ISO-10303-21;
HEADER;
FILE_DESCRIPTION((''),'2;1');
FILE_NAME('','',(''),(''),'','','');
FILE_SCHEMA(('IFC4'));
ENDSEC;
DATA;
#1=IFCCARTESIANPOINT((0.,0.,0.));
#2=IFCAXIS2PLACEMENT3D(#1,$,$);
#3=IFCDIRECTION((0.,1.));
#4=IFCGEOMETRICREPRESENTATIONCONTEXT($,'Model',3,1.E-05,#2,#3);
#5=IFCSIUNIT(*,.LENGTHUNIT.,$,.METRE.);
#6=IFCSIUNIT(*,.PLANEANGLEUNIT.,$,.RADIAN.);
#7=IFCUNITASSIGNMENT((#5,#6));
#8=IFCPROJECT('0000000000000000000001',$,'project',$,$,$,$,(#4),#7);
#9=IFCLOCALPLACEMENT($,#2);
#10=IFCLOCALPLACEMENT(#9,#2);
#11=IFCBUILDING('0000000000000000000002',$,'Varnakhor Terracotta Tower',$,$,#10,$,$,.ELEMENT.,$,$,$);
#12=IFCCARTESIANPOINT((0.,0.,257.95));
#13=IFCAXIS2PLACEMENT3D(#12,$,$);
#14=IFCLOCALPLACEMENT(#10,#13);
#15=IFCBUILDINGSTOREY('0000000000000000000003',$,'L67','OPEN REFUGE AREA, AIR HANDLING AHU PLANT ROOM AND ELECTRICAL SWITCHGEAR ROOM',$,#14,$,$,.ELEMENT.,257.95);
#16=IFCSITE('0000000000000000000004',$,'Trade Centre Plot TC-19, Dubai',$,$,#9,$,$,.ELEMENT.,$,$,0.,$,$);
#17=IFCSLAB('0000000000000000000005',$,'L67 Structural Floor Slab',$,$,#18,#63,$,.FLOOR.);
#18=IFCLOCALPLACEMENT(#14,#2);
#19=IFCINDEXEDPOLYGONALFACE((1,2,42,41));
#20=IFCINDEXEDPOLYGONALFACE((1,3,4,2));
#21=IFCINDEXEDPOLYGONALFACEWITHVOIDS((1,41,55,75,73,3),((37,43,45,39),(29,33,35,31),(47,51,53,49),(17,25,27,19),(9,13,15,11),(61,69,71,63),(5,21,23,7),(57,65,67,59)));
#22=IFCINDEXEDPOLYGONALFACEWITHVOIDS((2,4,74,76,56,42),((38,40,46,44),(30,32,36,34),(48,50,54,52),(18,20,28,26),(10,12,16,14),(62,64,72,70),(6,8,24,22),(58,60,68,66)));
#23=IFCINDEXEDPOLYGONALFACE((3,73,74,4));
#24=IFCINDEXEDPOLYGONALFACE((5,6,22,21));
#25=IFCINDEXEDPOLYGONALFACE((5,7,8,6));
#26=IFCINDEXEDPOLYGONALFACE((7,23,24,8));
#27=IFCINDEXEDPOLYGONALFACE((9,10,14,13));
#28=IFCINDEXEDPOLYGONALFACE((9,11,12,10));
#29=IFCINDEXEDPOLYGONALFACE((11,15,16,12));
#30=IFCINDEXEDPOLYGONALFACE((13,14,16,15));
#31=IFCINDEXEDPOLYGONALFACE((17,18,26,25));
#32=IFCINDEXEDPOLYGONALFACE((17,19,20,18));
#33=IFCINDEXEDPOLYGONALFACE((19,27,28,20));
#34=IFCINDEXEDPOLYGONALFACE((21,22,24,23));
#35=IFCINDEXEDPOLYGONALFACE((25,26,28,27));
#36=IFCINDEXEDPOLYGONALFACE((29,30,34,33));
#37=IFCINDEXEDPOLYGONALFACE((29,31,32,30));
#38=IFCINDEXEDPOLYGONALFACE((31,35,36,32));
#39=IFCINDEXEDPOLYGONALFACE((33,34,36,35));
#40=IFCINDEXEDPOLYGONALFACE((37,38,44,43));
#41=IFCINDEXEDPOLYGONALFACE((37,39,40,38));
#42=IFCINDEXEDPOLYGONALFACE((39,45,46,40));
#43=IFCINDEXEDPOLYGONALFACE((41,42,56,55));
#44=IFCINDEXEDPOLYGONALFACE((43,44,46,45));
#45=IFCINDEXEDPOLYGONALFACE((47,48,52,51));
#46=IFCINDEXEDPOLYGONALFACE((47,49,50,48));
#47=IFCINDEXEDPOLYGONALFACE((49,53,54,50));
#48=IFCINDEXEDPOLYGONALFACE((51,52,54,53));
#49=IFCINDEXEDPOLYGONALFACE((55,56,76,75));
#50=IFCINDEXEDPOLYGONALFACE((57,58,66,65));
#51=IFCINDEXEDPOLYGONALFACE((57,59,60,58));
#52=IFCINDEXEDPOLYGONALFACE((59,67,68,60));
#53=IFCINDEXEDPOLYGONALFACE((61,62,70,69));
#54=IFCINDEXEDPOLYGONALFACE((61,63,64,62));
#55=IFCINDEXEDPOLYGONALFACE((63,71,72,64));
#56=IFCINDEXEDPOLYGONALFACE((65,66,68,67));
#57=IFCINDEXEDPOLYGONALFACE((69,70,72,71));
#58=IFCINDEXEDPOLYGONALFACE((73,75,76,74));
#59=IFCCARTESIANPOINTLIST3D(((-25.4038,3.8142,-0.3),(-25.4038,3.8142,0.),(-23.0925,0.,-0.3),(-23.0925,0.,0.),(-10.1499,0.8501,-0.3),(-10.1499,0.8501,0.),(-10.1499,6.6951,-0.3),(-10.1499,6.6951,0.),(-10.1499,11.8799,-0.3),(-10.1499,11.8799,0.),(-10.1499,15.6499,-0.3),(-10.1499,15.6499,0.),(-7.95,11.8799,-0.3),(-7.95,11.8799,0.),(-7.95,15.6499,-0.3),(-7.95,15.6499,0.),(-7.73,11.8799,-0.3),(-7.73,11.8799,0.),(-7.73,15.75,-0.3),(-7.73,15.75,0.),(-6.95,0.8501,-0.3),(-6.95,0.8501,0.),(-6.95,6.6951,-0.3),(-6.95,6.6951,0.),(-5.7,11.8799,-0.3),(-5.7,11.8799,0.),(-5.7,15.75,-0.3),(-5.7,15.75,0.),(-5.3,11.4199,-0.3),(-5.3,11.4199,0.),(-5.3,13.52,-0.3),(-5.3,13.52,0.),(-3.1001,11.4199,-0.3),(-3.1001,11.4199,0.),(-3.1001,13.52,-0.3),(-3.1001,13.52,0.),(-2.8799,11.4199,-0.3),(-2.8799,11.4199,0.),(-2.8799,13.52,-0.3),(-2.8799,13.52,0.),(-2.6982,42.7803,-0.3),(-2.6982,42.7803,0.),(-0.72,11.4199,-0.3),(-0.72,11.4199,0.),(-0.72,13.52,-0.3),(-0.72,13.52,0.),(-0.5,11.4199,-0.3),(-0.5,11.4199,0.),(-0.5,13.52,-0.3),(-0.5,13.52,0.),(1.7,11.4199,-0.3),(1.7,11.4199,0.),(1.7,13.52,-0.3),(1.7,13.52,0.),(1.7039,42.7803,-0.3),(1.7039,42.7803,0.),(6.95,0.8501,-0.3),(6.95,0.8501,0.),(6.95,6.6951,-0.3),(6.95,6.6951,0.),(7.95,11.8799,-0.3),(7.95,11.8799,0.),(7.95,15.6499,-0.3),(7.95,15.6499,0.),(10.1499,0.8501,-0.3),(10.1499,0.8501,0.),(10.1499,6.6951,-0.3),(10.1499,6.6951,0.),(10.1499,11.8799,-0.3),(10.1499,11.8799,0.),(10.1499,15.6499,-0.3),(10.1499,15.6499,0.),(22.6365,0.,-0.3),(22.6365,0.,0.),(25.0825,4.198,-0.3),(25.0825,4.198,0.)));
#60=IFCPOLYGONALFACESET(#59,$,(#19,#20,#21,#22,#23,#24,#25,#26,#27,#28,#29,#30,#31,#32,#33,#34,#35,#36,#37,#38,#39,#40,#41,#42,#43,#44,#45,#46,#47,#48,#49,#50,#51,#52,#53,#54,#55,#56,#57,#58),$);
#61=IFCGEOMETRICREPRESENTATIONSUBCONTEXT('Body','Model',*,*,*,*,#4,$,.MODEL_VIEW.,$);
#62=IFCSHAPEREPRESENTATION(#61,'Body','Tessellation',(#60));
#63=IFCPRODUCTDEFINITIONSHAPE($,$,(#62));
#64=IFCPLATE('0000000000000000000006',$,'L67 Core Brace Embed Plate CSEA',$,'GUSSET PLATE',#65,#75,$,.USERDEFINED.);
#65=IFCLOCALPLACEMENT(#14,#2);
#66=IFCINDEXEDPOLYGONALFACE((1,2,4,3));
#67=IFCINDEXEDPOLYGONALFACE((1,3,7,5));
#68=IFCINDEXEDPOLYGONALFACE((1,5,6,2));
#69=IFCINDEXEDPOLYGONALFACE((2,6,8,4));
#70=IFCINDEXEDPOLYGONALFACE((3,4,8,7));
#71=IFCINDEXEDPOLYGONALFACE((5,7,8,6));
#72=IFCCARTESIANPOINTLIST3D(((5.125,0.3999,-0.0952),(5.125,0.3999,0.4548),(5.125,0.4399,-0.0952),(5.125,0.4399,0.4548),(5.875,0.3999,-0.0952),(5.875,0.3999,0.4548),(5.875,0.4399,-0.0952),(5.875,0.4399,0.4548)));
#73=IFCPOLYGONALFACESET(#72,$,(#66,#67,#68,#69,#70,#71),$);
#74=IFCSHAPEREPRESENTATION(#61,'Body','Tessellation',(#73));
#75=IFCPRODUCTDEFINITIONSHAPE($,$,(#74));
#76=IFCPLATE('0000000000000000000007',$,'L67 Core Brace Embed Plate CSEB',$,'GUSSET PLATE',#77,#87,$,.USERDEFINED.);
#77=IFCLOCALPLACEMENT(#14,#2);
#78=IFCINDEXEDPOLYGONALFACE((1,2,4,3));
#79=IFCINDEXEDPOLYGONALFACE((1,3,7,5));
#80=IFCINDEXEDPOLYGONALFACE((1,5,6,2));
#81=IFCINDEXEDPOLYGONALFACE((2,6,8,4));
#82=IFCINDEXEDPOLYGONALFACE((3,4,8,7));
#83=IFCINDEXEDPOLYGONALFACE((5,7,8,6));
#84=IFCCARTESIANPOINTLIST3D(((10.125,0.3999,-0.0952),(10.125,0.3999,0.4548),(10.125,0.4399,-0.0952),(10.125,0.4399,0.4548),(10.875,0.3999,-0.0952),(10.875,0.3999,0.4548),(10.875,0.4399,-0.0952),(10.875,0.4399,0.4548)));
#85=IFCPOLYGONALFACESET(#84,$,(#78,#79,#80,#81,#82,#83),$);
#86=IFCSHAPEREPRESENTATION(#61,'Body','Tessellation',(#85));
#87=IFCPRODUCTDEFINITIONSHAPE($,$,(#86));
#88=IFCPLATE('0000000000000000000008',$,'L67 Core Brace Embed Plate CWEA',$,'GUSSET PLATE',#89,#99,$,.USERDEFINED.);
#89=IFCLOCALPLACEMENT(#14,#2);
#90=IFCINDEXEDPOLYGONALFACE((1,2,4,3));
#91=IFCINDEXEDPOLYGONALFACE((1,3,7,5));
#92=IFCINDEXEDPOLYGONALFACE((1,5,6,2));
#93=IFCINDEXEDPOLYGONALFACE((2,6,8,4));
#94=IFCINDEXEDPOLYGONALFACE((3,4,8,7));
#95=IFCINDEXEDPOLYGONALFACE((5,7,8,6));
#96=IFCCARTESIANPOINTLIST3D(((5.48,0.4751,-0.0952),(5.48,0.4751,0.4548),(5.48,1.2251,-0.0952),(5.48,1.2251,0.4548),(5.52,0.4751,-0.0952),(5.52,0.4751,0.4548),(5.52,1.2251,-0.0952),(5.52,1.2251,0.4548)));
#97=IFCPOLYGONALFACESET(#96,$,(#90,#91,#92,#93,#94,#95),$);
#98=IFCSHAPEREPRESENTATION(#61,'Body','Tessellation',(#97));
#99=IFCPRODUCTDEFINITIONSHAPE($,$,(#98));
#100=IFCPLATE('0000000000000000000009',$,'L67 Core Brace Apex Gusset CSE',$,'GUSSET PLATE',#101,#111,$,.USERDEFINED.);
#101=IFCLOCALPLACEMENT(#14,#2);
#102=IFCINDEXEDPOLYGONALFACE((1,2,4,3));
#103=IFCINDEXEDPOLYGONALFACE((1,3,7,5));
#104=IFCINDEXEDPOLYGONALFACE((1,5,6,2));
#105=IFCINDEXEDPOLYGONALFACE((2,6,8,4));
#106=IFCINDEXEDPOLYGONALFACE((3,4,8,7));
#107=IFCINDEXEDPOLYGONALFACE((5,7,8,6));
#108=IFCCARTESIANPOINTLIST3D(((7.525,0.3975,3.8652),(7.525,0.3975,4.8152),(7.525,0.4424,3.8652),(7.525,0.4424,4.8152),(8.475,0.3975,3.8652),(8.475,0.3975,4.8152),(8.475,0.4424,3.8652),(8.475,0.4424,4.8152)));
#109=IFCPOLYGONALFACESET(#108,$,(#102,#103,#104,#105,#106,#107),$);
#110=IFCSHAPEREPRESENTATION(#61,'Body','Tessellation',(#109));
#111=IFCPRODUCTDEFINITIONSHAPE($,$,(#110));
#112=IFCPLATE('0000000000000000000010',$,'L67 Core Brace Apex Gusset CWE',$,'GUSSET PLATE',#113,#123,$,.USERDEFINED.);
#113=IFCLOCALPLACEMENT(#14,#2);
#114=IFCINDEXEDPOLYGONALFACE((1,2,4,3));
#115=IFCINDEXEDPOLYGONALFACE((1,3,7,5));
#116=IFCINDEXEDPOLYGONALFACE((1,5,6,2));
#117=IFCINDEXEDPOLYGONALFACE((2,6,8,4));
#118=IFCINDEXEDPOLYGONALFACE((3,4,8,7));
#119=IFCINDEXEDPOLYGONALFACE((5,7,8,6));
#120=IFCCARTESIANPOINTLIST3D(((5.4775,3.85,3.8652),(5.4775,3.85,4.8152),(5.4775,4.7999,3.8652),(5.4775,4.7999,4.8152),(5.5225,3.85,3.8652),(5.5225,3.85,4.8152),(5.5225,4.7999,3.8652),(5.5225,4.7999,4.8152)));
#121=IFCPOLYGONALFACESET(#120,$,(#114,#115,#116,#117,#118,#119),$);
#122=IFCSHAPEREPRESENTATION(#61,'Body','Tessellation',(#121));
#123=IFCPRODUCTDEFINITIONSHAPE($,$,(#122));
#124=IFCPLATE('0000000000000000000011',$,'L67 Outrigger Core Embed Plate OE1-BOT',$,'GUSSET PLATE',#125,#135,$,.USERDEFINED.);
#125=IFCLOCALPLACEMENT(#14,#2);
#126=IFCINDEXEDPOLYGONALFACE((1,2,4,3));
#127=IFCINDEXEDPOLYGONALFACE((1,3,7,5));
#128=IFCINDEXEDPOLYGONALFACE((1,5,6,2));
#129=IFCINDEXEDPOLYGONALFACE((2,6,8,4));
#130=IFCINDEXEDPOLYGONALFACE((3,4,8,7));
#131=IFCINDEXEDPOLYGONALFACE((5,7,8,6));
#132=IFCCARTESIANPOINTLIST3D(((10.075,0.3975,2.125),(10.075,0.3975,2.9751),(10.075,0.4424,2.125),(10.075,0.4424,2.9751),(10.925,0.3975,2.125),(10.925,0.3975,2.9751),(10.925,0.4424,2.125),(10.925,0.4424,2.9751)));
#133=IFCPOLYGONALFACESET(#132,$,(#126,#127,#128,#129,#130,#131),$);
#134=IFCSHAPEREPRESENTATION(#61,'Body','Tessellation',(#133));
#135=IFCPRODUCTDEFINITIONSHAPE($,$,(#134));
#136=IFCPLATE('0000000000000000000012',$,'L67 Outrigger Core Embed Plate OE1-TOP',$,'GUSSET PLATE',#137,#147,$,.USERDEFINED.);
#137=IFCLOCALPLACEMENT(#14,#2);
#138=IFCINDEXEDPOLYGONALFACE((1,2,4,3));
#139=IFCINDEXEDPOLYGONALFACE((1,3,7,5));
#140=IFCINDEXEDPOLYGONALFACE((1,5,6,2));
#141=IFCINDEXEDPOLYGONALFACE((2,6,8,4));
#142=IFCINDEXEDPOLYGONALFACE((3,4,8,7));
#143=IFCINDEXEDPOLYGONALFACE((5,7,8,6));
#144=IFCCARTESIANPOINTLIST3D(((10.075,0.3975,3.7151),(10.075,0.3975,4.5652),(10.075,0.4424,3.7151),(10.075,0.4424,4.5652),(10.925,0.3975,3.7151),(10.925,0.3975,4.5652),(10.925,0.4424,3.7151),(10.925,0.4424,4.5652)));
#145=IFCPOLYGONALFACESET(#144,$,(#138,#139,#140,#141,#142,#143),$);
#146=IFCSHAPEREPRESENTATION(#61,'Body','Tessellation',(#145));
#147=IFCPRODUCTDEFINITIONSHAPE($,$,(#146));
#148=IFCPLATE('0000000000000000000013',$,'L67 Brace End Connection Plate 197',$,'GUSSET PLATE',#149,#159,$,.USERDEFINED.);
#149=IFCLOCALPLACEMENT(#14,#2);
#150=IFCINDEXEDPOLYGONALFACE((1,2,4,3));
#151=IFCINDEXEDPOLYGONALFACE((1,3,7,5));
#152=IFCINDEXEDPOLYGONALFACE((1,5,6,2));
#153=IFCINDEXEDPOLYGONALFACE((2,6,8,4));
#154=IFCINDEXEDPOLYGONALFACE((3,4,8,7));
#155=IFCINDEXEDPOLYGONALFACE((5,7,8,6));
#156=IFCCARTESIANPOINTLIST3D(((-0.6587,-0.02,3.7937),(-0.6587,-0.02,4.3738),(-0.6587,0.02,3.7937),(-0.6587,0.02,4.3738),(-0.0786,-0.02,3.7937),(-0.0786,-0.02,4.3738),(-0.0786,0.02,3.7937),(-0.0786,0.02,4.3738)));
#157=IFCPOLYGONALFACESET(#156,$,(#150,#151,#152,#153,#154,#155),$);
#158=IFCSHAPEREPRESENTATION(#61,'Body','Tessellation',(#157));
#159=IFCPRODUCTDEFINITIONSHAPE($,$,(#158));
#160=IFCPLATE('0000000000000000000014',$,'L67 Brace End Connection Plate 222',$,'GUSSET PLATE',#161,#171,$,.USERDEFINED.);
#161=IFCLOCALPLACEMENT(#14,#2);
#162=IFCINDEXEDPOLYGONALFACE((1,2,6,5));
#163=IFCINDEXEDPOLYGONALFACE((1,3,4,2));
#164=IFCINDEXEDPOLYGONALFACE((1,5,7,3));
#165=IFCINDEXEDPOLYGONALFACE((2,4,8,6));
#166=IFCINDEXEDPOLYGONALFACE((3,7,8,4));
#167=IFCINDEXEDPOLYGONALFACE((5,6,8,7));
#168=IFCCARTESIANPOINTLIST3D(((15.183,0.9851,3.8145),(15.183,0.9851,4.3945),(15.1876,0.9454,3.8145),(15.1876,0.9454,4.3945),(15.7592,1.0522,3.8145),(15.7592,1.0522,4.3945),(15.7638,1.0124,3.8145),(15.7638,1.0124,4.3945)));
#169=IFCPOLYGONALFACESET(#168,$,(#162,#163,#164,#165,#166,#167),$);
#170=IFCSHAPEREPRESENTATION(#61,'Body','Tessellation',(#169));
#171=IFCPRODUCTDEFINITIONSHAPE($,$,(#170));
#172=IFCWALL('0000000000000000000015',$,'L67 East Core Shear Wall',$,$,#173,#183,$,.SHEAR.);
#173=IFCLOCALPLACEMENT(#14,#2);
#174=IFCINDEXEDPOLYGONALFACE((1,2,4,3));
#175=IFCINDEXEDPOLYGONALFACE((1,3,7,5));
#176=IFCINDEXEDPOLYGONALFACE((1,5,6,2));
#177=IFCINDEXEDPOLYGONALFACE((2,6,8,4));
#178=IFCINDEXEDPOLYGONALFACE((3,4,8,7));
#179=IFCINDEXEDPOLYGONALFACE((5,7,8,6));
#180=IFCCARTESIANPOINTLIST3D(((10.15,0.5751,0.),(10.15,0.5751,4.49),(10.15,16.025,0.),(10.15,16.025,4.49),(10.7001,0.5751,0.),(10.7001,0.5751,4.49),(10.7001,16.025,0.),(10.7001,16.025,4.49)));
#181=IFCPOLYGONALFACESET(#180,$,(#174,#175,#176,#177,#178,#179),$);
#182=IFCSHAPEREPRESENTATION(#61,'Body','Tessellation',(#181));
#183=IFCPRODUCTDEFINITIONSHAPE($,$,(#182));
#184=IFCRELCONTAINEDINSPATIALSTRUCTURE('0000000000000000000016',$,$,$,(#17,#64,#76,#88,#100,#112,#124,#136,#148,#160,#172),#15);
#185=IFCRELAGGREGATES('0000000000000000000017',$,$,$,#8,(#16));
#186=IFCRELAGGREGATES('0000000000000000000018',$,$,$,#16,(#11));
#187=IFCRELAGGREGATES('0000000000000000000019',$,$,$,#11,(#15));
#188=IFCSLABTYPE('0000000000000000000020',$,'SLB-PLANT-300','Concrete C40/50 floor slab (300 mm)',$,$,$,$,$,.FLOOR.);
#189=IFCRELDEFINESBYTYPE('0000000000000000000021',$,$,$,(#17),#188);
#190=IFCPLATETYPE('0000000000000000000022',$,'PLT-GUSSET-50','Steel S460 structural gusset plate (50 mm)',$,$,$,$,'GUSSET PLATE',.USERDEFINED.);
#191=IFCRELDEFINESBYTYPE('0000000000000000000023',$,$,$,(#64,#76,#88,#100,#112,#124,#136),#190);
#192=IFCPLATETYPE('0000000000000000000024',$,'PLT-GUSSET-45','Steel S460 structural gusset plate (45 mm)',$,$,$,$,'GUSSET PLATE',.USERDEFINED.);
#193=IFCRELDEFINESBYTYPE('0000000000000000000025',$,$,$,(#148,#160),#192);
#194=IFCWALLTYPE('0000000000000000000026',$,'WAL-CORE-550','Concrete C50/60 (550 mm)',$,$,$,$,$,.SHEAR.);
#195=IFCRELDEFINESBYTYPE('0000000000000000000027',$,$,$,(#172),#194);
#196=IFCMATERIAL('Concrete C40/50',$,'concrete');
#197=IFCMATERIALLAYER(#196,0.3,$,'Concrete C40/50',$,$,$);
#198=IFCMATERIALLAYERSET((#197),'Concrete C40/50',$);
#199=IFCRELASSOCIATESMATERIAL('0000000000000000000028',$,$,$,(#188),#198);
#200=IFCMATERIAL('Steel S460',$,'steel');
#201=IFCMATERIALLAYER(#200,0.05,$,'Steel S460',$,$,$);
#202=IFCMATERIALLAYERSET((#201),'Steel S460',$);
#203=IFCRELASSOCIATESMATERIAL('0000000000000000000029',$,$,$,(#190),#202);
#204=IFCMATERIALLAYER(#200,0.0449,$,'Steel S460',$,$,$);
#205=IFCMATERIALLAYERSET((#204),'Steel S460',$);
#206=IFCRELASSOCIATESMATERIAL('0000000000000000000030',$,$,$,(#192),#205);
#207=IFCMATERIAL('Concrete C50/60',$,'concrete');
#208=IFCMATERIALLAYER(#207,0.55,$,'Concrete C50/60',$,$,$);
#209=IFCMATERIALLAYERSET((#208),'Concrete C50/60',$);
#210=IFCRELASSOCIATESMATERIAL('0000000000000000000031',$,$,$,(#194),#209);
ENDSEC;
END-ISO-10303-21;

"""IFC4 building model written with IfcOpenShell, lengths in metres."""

from ifc_helpers import new_model, si_unit, direction, frame, frame_2d, origin, origin_2d, place, context, subcontext, project, spatial, polyline, rectangle, outline, extrude, source, transform, mapped, material, layer, layer_set, type_object, type_shapes, element, save


model = new_model("IFC4")

# Units and contexts
model_context = context("Model", 3, precision=1e-05, world=origin(), true_north=direction((0.0, 1.0)))
body_context = subcontext(model_context, "Body", "Model", "MODEL_VIEW")
ifc_project = project(units=[si_unit("LENGTHUNIT", "METRE"), si_unit("PLANEANGLEUNIT", "RADIAN")], contexts=[model_context])

# Site, building, storey
site_placement = place(None, origin())
site = spatial("IfcSite", under=ifc_project, at=site_placement, Name="Trade Centre Plot TC-19, Dubai", CompositionType="ELEMENT", RefElevation=0.0)
building_placement = place(site_placement, origin())
building = spatial("IfcBuilding", under=site, at=building_placement, Name="Varnakhor Terracotta Tower", CompositionType="ELEMENT")
storey_placement = place(building_placement, frame((0.0, 0.0, 257.95)))
storey = spatial("IfcBuildingStorey", under=building, at=storey_placement, Name="L67", Description="OPEN REFUGE AREA, AIR HANDLING AHU PLANT ROOM AND ELECTRICAL SWITCHGEAR ROOM", CompositionType="ELEMENT", Elevation=257.95)

# Shared definitions
ifc_material_1 = material(Name="Concrete C50/60", Category="concrete")

# Shared definitions
ifc_material_2 = material(Name="Steel S460", Category="steel")

# Shared definitions
ifc_material_3 = material(Name="Concrete C40/50", Category="concrete")

# Slab
ifc_layer_1 = layer(ifc_material_3, 0.3, Name="Concrete C40/50")
ifc_layer_set_1 = layer_set([ifc_layer_1], Name="Concrete C40/50")
slab_type_1 = type_object("IfcSlabType", Name="SLB-PLANT-300", Description="Concrete C40/50 floor slab (300 mm)", PredefinedType="FLOOR", material=ifc_layer_set_1)
slab_1_placement = place(storey_placement, frame((0.0, 0.0, -0.3)))
element("IfcSlab", 1, at=slab_1_placement, inside=storey, type_object=slab_type_1, Name="L67 Structural Floor Slab", PredefinedType="FLOOR", context=body_context, shape_type="SweptSolid", body=[
    extrude(outline(polyline([(-25.4038, 3.8142), (-2.6982, 42.7803), (1.7039, 42.7803), (25.0825, 4.198), (22.6365, 0.0), (-23.0925, 0.0), (-25.4038, 3.8142)]), holes=[polyline([(-6.95, 0.8501), (-6.95, 6.6951), (-10.1499, 6.6951), (-10.1499, 0.8501), (-6.95, 0.8501)]), polyline([(10.1499, 0.8501), (10.1499, 6.6951), (6.95, 6.6951), (6.95, 0.8501), (10.1499, 0.8501)]), polyline([(-3.1001, 11.4199), (-3.1001, 13.52), (-5.3, 13.52), (-5.3, 11.4199), (-3.1001, 11.4199)]), polyline([(-0.72, 11.4199), (-0.72, 13.52), (-2.8799, 13.52), (-2.8799, 11.4199), (-0.72, 11.4199)]), polyline([(1.7, 11.4199), (1.7, 13.52), (-0.5, 13.52), (-0.5, 11.4199), (1.7, 11.4199)]), polyline([(-7.95, 11.8799), (-7.95, 15.6499), (-10.1499, 15.6499), (-10.1499, 11.8799), (-7.95, 11.8799)]), polyline([(10.1499, 11.8799), (10.1499, 15.6499), (7.95, 15.6499), (7.95, 11.8799), (10.1499, 11.8799)]), polyline([(-5.7, 11.8799), (-5.7, 15.75), (-7.73, 15.75), (-7.73, 11.8799), (-5.7, 11.8799)])]), origin(), (0.0, 0.0, 1.0), 0.3),
])

# Plates
ifc_layer_2 = layer(ifc_material_2, 0.05, Name="Steel S460")
ifc_layer_set_2 = layer_set([ifc_layer_2], Name="Steel S460")
plate_type_1 = type_object("IfcPlateType", Name="PLT-GUSSET-50", Description="Steel S460 structural gusset plate (50 mm)", ElementType="GUSSET PLATE", PredefinedType="USERDEFINED", material=ifc_layer_set_2)
shared_shape_1 = source(origin(), body_context, "Body", "SweptSolid", [
    extrude(rectangle(XDim=0.75, YDim=0.04, at=origin_2d()), origin(), (0.0, 0.0, 1.0), 0.55),
])
type_shapes(plate_type_1, [shared_shape_1])
for number, where, z_axis, x_axis, name in (
    (2, (5.5, 0.4199, -0.0952), (0.0, 0.0, 1.0), (1.0, 0.0, 0.0), "L67 Core Brace Embed Plate CSEA"),
    (3, (10.5, 0.4199, -0.0952), (0.0, 0.0, 1.0), (1.0, 0.0, 0.0), "L67 Core Brace Embed Plate CSEB"),
    (4, (5.5, 0.8501, -0.0952), (0.0, 0.0, 1.0), (0.0, 1.0, 0.0), "L67 Core Brace Embed Plate CWEA"),
):
    element("IfcPlate", number, at=place(storey_placement, frame(where, z_axis=z_axis, x_axis=x_axis)), inside=storey, type_object=plate_type_1, Name=name, ObjectType="GUSSET PLATE", PredefinedType="USERDEFINED", context=body_context, shape_type="MappedRepresentation", body=[
        mapped(shared_shape_1, transform((0.0, 0.0, 0.0), scale=1.0)),
    ])
shared_shape_2 = source(origin(), body_context, "Body", "SweptSolid", [
    extrude(rectangle(XDim=0.95, YDim=0.0449, at=origin_2d()), origin(), (0.0, 0.0, 1.0), 0.95),
])
for number, where, z_axis, x_axis, name in (
    (5, (8.0, 0.4199, 3.8652), (0.0, 0.0, 1.0), (1.0, 0.0, 0.0), "L67 Core Brace Apex Gusset CSE"),
    (6, (5.5, 4.325, 3.8652), (0.0, 0.0, 1.0), (0.0, 1.0, 0.0), "L67 Core Brace Apex Gusset CWE"),
):
    element("IfcPlate", number, at=place(storey_placement, frame(where, z_axis=z_axis, x_axis=x_axis)), inside=storey, type_object=plate_type_1, Name=name, ObjectType="GUSSET PLATE", PredefinedType="USERDEFINED", context=body_context, shape_type="MappedRepresentation", body=[
        mapped(shared_shape_2, transform((0.0, 0.0, 0.0), scale=1.0)),
    ])
shared_shape_3 = source(origin(), body_context, "Body", "SweptSolid", [
    extrude(rectangle(XDim=0.8501, YDim=0.0449, at=origin_2d()), origin(), (0.0, 0.0, 1.0), 0.8501),
])
for number, where, z_axis, x_axis, name in (
    (7, (10.5, 0.4199, 2.125), (0.0, 0.0, 1.0), (1.0, 0.0, 0.0), "L67 Outrigger Core Embed Plate OE1-BOT"),
    (8, (10.5, 0.4199, 3.7151), (0.0, 0.0, 1.0), (1.0, 0.0, 0.0), "L67 Outrigger Core Embed Plate OE1-TOP"),
):
    element("IfcPlate", number, at=place(storey_placement, frame(where, z_axis=z_axis, x_axis=x_axis)), inside=storey, type_object=plate_type_1, Name=name, ObjectType="GUSSET PLATE", PredefinedType="USERDEFINED", context=body_context, shape_type="MappedRepresentation", body=[
        mapped(shared_shape_3, transform((0.0, 0.0, 0.0), scale=1.0)),
    ])
ifc_layer_3 = layer(ifc_material_2, 0.0449, Name="Steel S460")
ifc_layer_set_3 = layer_set([ifc_layer_3], Name="Steel S460")
plate_type_2 = type_object("IfcPlateType", Name="PLT-GUSSET-45", Description="Steel S460 structural gusset plate (45 mm)", ElementType="GUSSET PLATE", PredefinedType="USERDEFINED", material=ifc_layer_set_3)
shared_shape_4 = source(origin(), body_context, "Body", "SweptSolid", [
    extrude(rectangle(XDim=0.5801, YDim=0.04, at=origin_2d()), origin(), (0.0, 0.0, 1.0), 0.5801),
])
for number, where, z_axis, x_axis, name in (
    (9, (-0.3687, 0.0, 3.7937), (0.0, 0.0, 1.0), (1.0, 0.0, 0.0), "L67 Brace End Connection Plate 197"),
    (10, (15.4734, 0.9988, 3.8145), (0.0, 0.0, 1.0), (0.993296, 0.115596, 0.0), "L67 Brace End Connection Plate 222"),
):
    element("IfcPlate", number, at=place(storey_placement, frame(where, z_axis=z_axis, x_axis=x_axis)), inside=storey, type_object=plate_type_2, Name=name, ObjectType="GUSSET PLATE", PredefinedType="USERDEFINED", context=body_context, shape_type="MappedRepresentation", body=[
        mapped(shared_shape_4, transform((0.0, 0.0, 0.0), scale=1.0)),
    ])

# Wall
ifc_layer_4 = layer(ifc_material_1, 0.55, Name="Concrete C50/60")
ifc_layer_set_4 = layer_set([ifc_layer_4], Name="Concrete C50/60")
wall_type_1 = type_object("IfcWallType", Name="WAL-CORE-550", Description="Concrete C50/60 (550 mm)", PredefinedType="SHEAR", material=ifc_layer_set_4)
wall_1_placement = place(storey_placement, frame((10.425, 0.575, 0.0), z_axis=(0.0, 0.0, 1.0), x_axis=(0.0, 1.0, 0.0)))
element("IfcWall", 11, at=wall_1_placement, inside=storey, type_object=wall_type_1, Name="L67 East Core Shear Wall", PredefinedType="SHEAR", context=body_context, shape_type="SweptSolid", body=[
    extrude(rectangle(XDim=15.45, YDim=0.55, at=frame_2d((7.7251, 0.0))), origin(), (0.0, 0.0, 1.0), 4.49),
])

save(model, "model.ifc")
